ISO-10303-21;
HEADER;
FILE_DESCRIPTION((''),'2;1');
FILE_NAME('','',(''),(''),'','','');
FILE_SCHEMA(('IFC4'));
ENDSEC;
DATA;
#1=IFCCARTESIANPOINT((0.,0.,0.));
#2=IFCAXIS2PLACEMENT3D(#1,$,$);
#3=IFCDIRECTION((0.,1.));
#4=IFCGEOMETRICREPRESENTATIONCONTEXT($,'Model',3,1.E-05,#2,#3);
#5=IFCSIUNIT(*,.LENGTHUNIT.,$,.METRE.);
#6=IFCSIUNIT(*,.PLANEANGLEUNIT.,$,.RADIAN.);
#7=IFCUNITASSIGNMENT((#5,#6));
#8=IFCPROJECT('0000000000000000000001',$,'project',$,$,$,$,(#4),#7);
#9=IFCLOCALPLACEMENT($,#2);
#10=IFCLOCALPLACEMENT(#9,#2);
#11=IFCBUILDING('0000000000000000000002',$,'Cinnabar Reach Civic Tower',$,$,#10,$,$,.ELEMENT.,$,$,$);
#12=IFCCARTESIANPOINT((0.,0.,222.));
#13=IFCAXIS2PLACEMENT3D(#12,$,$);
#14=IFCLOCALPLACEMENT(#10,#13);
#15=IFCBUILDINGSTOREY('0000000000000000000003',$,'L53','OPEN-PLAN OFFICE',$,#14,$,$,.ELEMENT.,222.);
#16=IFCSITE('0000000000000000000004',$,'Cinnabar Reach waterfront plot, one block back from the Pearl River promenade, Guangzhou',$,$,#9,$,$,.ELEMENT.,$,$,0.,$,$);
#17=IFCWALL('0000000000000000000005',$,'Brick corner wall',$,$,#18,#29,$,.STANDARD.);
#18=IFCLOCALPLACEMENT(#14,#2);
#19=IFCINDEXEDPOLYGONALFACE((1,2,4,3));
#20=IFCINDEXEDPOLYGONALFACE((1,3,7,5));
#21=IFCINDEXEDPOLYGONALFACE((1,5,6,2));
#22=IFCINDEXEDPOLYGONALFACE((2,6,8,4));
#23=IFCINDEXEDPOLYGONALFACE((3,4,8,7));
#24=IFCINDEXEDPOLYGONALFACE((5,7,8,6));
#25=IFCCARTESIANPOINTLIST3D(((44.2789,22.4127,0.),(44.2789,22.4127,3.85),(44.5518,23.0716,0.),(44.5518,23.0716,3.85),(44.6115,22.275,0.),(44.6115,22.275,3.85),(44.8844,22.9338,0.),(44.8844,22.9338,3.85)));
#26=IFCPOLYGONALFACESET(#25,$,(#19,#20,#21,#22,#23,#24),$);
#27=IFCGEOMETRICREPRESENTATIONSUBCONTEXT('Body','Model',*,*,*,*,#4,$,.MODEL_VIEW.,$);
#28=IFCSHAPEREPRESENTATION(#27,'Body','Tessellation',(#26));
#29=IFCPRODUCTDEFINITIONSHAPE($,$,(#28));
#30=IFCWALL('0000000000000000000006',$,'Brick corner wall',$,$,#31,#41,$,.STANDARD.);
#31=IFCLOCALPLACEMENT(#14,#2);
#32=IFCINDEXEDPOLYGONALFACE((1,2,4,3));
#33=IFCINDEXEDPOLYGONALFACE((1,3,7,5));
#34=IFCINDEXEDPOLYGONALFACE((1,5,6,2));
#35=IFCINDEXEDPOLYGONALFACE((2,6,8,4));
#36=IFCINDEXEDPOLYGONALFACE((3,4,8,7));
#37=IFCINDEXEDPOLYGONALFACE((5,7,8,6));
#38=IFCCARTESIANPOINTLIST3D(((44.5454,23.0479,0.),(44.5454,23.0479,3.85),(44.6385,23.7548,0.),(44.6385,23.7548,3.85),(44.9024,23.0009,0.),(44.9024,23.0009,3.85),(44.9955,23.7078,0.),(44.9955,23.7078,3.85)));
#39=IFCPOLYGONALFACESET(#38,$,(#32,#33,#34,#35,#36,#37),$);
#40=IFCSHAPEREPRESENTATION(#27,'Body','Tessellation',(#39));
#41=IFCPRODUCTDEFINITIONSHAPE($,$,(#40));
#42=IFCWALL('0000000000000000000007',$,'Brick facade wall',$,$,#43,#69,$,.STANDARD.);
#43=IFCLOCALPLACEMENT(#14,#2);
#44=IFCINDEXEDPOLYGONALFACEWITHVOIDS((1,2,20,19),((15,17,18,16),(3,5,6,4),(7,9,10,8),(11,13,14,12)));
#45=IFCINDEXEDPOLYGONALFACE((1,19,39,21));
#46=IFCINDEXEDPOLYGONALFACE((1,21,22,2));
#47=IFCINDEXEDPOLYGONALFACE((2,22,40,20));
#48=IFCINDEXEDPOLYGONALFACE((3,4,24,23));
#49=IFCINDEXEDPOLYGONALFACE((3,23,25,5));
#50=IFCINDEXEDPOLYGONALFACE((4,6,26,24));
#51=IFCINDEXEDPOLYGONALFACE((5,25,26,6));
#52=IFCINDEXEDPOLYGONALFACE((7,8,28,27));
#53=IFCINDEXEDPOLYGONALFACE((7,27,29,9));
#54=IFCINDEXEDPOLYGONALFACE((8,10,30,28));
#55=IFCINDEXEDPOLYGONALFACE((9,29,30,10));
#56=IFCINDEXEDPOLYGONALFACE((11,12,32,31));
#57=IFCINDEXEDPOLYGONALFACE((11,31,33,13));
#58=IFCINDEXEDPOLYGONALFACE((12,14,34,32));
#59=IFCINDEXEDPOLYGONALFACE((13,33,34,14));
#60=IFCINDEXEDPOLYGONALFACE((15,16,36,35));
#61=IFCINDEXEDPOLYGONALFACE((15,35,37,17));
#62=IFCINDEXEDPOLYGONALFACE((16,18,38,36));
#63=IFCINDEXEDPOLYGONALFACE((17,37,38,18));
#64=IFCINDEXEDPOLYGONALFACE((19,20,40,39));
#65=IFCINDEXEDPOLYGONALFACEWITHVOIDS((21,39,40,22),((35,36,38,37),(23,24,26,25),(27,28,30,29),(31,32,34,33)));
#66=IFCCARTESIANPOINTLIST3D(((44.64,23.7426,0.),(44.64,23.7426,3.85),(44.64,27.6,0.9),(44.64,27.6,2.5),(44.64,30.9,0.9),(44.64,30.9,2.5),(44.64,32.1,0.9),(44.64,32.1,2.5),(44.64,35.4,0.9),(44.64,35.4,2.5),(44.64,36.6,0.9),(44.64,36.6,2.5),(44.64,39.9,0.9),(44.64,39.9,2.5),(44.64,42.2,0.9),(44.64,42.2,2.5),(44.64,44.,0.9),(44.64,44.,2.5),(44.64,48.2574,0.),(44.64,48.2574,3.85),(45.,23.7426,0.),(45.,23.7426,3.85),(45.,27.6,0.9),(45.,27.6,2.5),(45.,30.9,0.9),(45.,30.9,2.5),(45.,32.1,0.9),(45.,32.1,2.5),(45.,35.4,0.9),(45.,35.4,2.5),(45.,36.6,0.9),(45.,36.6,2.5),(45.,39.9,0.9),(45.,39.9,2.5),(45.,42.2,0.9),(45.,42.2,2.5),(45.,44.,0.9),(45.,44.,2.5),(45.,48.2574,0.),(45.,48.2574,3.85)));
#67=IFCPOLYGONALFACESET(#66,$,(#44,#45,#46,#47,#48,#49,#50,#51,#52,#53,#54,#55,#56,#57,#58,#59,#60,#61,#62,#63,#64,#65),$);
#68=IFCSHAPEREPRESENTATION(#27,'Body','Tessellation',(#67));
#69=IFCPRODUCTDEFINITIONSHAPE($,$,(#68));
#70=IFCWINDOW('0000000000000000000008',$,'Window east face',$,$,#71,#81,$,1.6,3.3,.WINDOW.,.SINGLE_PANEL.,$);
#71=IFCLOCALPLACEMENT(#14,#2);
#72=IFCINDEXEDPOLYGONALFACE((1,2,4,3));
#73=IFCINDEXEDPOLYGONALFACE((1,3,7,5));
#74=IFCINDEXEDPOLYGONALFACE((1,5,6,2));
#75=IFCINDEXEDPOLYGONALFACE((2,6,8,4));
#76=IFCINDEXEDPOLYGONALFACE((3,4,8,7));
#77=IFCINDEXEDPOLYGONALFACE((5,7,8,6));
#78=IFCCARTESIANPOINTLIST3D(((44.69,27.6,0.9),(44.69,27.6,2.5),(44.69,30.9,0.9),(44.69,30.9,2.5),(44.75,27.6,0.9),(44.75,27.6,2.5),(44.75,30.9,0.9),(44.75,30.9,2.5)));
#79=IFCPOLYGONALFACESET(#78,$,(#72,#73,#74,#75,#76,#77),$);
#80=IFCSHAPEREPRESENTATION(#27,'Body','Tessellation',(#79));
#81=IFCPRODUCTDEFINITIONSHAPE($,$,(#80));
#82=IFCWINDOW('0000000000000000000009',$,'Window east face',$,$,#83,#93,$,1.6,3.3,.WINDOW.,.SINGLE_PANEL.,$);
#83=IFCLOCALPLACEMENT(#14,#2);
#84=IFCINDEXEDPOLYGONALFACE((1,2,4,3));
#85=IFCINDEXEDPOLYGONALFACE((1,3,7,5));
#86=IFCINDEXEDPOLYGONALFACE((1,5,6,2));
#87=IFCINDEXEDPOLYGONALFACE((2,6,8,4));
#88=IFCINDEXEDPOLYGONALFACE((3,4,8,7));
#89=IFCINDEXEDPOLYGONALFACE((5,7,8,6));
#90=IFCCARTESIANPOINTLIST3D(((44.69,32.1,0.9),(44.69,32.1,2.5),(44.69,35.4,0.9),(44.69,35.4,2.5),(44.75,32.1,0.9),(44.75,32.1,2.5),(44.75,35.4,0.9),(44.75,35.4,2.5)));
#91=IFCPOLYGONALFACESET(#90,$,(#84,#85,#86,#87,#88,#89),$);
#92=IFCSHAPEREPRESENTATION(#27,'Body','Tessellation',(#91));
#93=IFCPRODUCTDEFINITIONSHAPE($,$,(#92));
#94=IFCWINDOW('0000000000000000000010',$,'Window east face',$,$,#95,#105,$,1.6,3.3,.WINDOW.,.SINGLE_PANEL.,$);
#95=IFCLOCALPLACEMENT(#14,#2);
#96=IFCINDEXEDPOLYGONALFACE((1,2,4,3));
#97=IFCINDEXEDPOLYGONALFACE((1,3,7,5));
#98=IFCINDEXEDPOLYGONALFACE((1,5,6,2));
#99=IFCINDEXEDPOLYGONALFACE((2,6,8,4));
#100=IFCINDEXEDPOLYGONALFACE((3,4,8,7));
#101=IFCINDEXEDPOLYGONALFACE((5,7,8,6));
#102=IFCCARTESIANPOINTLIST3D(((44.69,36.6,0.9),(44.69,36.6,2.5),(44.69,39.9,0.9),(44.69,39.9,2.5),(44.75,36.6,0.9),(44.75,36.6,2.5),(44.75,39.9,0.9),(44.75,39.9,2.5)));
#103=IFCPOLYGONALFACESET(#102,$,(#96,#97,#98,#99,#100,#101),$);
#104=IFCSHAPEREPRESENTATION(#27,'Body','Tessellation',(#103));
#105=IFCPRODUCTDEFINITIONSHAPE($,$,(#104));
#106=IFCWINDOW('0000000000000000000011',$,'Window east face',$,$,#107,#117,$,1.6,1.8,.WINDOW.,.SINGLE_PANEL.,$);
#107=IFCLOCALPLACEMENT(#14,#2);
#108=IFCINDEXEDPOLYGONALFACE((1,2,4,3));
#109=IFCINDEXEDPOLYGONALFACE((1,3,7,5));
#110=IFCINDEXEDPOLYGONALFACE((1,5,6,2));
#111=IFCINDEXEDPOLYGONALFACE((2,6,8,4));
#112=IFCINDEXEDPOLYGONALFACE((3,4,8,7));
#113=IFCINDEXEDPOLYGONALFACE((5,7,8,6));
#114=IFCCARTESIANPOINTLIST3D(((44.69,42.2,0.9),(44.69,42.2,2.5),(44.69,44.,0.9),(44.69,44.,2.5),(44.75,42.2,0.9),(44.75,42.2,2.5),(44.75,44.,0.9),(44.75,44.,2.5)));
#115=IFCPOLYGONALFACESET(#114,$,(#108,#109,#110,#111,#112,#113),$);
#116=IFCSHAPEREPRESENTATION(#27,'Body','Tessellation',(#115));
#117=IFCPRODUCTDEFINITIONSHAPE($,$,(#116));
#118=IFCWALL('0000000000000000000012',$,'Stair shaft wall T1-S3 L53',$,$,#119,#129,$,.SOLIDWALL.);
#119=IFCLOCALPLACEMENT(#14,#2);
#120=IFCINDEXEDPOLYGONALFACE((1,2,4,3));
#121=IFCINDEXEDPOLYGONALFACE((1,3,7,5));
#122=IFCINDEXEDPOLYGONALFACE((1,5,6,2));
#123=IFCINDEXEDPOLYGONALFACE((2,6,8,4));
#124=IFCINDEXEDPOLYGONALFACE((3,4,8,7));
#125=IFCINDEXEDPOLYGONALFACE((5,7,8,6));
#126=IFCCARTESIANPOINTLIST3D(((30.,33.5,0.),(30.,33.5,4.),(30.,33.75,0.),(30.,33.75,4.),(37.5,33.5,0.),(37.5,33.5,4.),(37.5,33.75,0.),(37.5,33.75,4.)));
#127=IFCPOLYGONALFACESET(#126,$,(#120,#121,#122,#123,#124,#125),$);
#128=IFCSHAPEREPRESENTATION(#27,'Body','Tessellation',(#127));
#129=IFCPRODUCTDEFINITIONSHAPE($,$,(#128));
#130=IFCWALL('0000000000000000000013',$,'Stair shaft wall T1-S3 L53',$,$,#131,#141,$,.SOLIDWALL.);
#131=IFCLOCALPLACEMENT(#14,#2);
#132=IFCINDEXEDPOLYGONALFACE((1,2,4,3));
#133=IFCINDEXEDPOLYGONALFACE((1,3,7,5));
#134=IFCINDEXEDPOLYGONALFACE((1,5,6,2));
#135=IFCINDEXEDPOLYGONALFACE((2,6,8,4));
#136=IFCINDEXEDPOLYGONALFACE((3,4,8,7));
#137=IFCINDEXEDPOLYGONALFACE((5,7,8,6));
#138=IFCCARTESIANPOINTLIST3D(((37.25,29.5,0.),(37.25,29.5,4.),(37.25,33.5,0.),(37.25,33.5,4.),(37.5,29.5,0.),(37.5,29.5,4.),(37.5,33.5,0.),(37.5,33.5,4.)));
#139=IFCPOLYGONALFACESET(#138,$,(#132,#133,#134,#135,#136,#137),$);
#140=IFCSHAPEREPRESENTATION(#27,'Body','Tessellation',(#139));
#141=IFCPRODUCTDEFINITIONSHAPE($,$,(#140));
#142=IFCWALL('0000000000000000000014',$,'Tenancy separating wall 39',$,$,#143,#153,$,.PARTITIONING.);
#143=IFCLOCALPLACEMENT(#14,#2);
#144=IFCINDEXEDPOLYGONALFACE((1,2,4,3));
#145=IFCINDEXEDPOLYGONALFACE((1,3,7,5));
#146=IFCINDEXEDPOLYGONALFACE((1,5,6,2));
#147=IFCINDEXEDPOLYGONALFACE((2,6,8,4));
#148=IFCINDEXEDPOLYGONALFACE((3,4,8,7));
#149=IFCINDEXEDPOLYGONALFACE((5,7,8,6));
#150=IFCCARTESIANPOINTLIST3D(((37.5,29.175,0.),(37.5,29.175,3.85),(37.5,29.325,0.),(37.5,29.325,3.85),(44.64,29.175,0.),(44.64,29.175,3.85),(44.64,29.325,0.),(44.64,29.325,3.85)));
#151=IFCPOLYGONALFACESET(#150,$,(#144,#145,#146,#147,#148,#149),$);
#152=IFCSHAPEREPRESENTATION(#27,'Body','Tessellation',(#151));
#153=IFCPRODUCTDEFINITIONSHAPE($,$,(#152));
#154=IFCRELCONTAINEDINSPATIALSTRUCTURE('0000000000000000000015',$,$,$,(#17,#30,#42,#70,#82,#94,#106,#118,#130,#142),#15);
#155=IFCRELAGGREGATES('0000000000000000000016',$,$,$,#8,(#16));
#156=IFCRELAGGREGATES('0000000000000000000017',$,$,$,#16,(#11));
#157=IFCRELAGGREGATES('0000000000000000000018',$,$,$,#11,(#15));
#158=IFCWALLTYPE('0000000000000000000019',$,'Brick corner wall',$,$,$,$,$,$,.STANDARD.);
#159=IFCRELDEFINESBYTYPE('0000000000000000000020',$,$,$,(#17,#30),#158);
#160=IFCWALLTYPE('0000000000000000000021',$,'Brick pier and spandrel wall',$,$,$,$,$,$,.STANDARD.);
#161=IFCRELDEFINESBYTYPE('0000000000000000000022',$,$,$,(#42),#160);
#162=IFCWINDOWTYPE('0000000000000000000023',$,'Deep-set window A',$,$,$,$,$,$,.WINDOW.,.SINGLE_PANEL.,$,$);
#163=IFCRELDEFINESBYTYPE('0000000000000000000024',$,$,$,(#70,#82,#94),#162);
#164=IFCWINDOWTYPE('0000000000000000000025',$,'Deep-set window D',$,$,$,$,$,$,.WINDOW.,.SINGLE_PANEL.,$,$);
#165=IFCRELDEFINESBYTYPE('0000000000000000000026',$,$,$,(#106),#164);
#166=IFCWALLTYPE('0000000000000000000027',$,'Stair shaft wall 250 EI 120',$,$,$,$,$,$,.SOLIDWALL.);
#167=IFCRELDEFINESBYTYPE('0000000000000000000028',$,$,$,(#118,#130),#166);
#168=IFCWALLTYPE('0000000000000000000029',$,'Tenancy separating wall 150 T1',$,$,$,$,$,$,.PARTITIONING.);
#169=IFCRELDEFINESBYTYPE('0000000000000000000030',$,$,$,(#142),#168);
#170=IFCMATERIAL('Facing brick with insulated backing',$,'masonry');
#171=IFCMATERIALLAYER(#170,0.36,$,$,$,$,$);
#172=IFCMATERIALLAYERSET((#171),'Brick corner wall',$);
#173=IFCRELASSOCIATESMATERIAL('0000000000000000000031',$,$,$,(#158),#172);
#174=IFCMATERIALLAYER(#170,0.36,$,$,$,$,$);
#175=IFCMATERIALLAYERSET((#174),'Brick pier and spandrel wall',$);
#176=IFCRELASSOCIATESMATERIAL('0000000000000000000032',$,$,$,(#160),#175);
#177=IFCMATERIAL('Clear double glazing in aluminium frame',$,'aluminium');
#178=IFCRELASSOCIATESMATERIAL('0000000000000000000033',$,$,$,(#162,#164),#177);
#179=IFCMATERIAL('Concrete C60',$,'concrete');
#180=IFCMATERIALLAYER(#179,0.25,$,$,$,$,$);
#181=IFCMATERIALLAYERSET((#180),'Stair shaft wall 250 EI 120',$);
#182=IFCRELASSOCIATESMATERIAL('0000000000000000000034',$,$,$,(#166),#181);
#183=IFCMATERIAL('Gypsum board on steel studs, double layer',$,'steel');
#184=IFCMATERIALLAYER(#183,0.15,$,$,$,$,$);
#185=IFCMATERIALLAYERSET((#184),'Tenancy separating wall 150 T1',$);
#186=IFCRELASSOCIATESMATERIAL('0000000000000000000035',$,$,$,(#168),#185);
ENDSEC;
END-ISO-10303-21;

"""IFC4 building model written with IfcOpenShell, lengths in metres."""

from ifc_helpers import new_model, si_unit, direction, frame, frame_2d, origin, place, context, subcontext, project, spatial, rectangle, extrude, material, layer, layer_set, type_object, element, fill, save


model = new_model("IFC4")

# Units and contexts
model_context = context("Model", 3, precision=1e-05, world=origin(), true_north=direction((0.0, 1.0)))
body_context = subcontext(model_context, "Body", "Model", "MODEL_VIEW")
ifc_project = project(units=[si_unit("LENGTHUNIT", "METRE"), si_unit("PLANEANGLEUNIT", "RADIAN")], contexts=[model_context])

# Site, building, storey
site_placement = place(None, origin())
site = spatial("IfcSite", under=ifc_project, at=site_placement, Name="Cinnabar Reach waterfront plot, one block back from the Pearl River promenade, Guangzhou", CompositionType="ELEMENT", RefElevation=0.0)
building_placement = place(site_placement, origin())
building = spatial("IfcBuilding", under=site, at=building_placement, Name="Cinnabar Reach Civic Tower", CompositionType="ELEMENT")
storey_placement = place(building_placement, frame((0.0, 0.0, 222.0)))
storey = spatial("IfcBuildingStorey", under=building, at=storey_placement, Name="L53", Description="OPEN-PLAN OFFICE", CompositionType="ELEMENT", Elevation=222.0)

# Shared definitions
ifc_material_1 = material(Name="Concrete C60", Category="concrete")

# Walls
ifc_material_2 = material(Name="Facing brick with insulated backing", Category="masonry")
ifc_layer_1 = layer(ifc_material_2, 0.36)
ifc_layer_set_1 = layer_set([ifc_layer_1], Name="Brick corner wall")
wall_type_1 = type_object("IfcWallType", Name="Brick corner wall", PredefinedType="STANDARD", material=ifc_layer_set_1)
for number, where, z_axis, x_axis, name in (
    (1, (44.4452, 22.3439, 0.0), (0.0, 0.0, 1.0), (0.382703, 0.923872, 0.0), "Brick corner wall"),
    (2, (44.7239, 23.0244, 0.0), (0.0, 0.0, 1.0), (0.130556, 0.991441, 0.0), "Brick corner wall"),
):
    element("IfcWall", number, at=place(storey_placement, frame(where, z_axis=z_axis, x_axis=x_axis)), inside=storey, type_object=wall_type_1, Name=name, PredefinedType="STANDARD", context=body_context, shape_type="SweptSolid", body=[
        extrude(rectangle(XDim=0.7131, YDim=0.36, at=frame_2d((0.3565, 0.0))), origin(), (0.0, 0.0, 1.0), 3.85),
    ])

# Wall, openings, windows
ifc_layer_2 = layer(ifc_material_2, 0.36)
ifc_layer_set_2 = layer_set([ifc_layer_2], Name="Brick pier and spandrel wall")
wall_type_2 = type_object("IfcWallType", Name="Brick pier and spandrel wall", PredefinedType="STANDARD", material=ifc_layer_set_2)
wall_1_placement = place(storey_placement, frame((44.82, 23.7426, 0.0), z_axis=(0.0, 0.0, 1.0), x_axis=(0.0, 1.0, 0.0)))
wall_1 = element("IfcWall", 3, at=wall_1_placement, inside=storey, type_object=wall_type_2, Name="Brick facade wall", PredefinedType="STANDARD", context=body_context, shape_type="SweptSolid", body=[
    extrude(rectangle(XDim=24.5148, YDim=0.36, at=frame_2d((12.2574, 0.0))), origin(), (0.0, 0.0, 1.0), 3.85),
])
opening_1_placement = place(wall_1_placement, frame((3.8574, 0.0, 0.9)))
opening_1 = element("IfcOpeningElement", 4, at=opening_1_placement, cuts=wall_1, PredefinedType="OPENING", context=body_context, shape_type="SweptSolid", body=[
    extrude(rectangle(XDim=3.3, YDim=1.6, at=frame_2d((1.65, 0.8))), frame((0.0, 0.19, 0.0), z_axis=(0.0, -1.0, 0.0), x_axis=(1.0, 0.0, 0.0)), (0.0, 0.0, 1.0), 0.38),
])
opening_2_placement = place(wall_1_placement, frame((8.3574, 0.0, 0.9)))
opening_2 = element("IfcOpeningElement", 5, at=opening_2_placement, cuts=wall_1, PredefinedType="OPENING", context=body_context, shape_type="SweptSolid", body=[
    extrude(rectangle(XDim=3.3, YDim=1.6, at=frame_2d((1.65, 0.8))), frame((0.0, 0.19, 0.0), z_axis=(0.0, -1.0, 0.0), x_axis=(1.0, 0.0, 0.0)), (0.0, 0.0, 1.0), 0.38),
])
opening_3_placement = place(wall_1_placement, frame((12.8574, 0.0, 0.9)))
opening_3 = element("IfcOpeningElement", 6, at=opening_3_placement, cuts=wall_1, PredefinedType="OPENING", context=body_context, shape_type="SweptSolid", body=[
    extrude(rectangle(XDim=3.3, YDim=1.6, at=frame_2d((1.65, 0.8))), frame((0.0, 0.19, 0.0), z_axis=(0.0, -1.0, 0.0), x_axis=(1.0, 0.0, 0.0)), (0.0, 0.0, 1.0), 0.38),
])
opening_4_placement = place(wall_1_placement, frame((18.4574, 0.0, 0.9)))
opening_4 = element("IfcOpeningElement", 7, at=opening_4_placement, cuts=wall_1, PredefinedType="OPENING", context=body_context, shape_type="SweptSolid", body=[
    extrude(rectangle(XDim=1.8, YDim=1.6, at=frame_2d((0.9, 0.8))), frame((0.0, 0.19, 0.0), z_axis=(0.0, -1.0, 0.0), x_axis=(1.0, 0.0, 0.0)), (0.0, 0.0, 1.0), 0.38),
])
ifc_material_3 = material(Name="Clear double glazing in aluminium frame", Category="aluminium")
window_type_1 = type_object("IfcWindowType", Name="Deep-set window A", PartitioningType="SINGLE_PANEL", PredefinedType="WINDOW", material=ifc_material_3)
window_1_placement = place(opening_1_placement, origin())
window_1 = element("IfcWindow", 8, at=window_1_placement, inside=storey, type_object=window_type_1, Name="Window east face", OverallHeight=1.6, OverallWidth=3.3, PartitioningType="SINGLE_PANEL", PredefinedType="WINDOW", context=body_context, shape_type="SweptSolid", body=[
    extrude(rectangle(XDim=3.3, YDim=1.6, at=frame_2d((1.65, 0.8))), frame((0.0, 0.13, 0.0), z_axis=(0.0, -1.0, 0.0), x_axis=(1.0, 0.0, 0.0)), (0.0, 0.0, 1.0), 0.06),
])
fill(opening_1, window_1)
window_2_placement = place(opening_2_placement, origin())
window_2 = element("IfcWindow", 9, at=window_2_placement, inside=storey, type_object=window_type_1, Name="Window east face", OverallHeight=1.6, OverallWidth=3.3, PartitioningType="SINGLE_PANEL", PredefinedType="WINDOW", context=body_context, shape_type="SweptSolid", body=[
    extrude(rectangle(XDim=3.3, YDim=1.6, at=frame_2d((1.65, 0.8))), frame((0.0, 0.13, 0.0), z_axis=(0.0, -1.0, 0.0), x_axis=(1.0, 0.0, 0.0)), (0.0, 0.0, 1.0), 0.06),
])
fill(opening_2, window_2)
window_3_placement = place(opening_3_placement, origin())
window_3 = element("IfcWindow", 10, at=window_3_placement, inside=storey, type_object=window_type_1, Name="Window east face", OverallHeight=1.6, OverallWidth=3.3, PartitioningType="SINGLE_PANEL", PredefinedType="WINDOW", context=body_context, shape_type="SweptSolid", body=[
    extrude(rectangle(XDim=3.3, YDim=1.6, at=frame_2d((1.65, 0.8))), frame((0.0, 0.13, 0.0), z_axis=(0.0, -1.0, 0.0), x_axis=(1.0, 0.0, 0.0)), (0.0, 0.0, 1.0), 0.06),
])
fill(opening_3, window_3)
window_type_2 = type_object("IfcWindowType", Name="Deep-set window D", PartitioningType="SINGLE_PANEL", PredefinedType="WINDOW", material=ifc_material_3)
window_4_placement = place(opening_4_placement, origin())
window_4 = element("IfcWindow", 11, at=window_4_placement, inside=storey, type_object=window_type_2, Name="Window east face", OverallHeight=1.6, OverallWidth=1.8, PartitioningType="SINGLE_PANEL", PredefinedType="WINDOW", context=body_context, shape_type="SweptSolid", body=[
    extrude(rectangle(XDim=1.8, YDim=1.6, at=frame_2d((0.9, 0.8))), frame((0.0, 0.13, 0.0), z_axis=(0.0, -1.0, 0.0), x_axis=(1.0, 0.0, 0.0)), (0.0, 0.0, 1.0), 0.06),
])
fill(opening_4, window_4)

# Walls
ifc_layer_3 = layer(ifc_material_1, 0.25)
ifc_layer_set_3 = layer_set([ifc_layer_3], Name="Stair shaft wall 250 EI 120")
wall_type_3 = type_object("IfcWallType", Name="Stair shaft wall 250 EI 120", PredefinedType="SOLIDWALL", material=ifc_layer_set_3)
wall_2_placement = place(storey_placement, frame((37.5, 33.625, 0.0), z_axis=(0.0, 0.0, 1.0), x_axis=(-1.0, 0.0, 0.0)))
element("IfcWall", 12, at=wall_2_placement, inside=storey, type_object=wall_type_3, Name="Stair shaft wall T1-S3 L53", PredefinedType="SOLIDWALL", context=body_context, shape_type="SweptSolid", body=[
    extrude(rectangle(XDim=7.5, YDim=0.25, at=frame_2d((3.75, 0.0))), origin(), (0.0, 0.0, 1.0), 4.0),
])
wall_3_placement = place(storey_placement, frame((37.375, 29.5, 0.0), z_axis=(0.0, 0.0, 1.0), x_axis=(0.0, 1.0, 0.0)))
element("IfcWall", 13, at=wall_3_placement, inside=storey, type_object=wall_type_3, Name="Stair shaft wall T1-S3 L53", PredefinedType="SOLIDWALL", context=body_context, shape_type="SweptSolid", body=[
    extrude(rectangle(XDim=4.0, YDim=0.25, at=frame_2d((2.0, 0.0))), origin(), (0.0, 0.0, 1.0), 4.0),
])
ifc_material_4 = material(Name="Gypsum board on steel studs, double layer", Category="steel")
ifc_layer_4 = layer(ifc_material_4, 0.15)
ifc_layer_set_4 = layer_set([ifc_layer_4], Name="Tenancy separating wall 150 T1")
wall_type_4 = type_object("IfcWallType", Name="Tenancy separating wall 150 T1", PredefinedType="PARTITIONING", material=ifc_layer_set_4)
wall_4_placement = place(storey_placement, frame((37.5, 29.25, 0.0), z_axis=(0.0, 0.0, 1.0), x_axis=(1.0, 0.0, 0.0)))
element("IfcWall", 14, at=wall_4_placement, inside=storey, type_object=wall_type_4, Name="Tenancy separating wall 39", PredefinedType="PARTITIONING", context=body_context, shape_type="SweptSolid", body=[
    extrude(rectangle(XDim=7.14, YDim=0.15, at=frame_2d((3.57, 0.0))), origin(), (0.0, 0.0, 1.0), 3.85),
])

save(model, "model.ifc")
